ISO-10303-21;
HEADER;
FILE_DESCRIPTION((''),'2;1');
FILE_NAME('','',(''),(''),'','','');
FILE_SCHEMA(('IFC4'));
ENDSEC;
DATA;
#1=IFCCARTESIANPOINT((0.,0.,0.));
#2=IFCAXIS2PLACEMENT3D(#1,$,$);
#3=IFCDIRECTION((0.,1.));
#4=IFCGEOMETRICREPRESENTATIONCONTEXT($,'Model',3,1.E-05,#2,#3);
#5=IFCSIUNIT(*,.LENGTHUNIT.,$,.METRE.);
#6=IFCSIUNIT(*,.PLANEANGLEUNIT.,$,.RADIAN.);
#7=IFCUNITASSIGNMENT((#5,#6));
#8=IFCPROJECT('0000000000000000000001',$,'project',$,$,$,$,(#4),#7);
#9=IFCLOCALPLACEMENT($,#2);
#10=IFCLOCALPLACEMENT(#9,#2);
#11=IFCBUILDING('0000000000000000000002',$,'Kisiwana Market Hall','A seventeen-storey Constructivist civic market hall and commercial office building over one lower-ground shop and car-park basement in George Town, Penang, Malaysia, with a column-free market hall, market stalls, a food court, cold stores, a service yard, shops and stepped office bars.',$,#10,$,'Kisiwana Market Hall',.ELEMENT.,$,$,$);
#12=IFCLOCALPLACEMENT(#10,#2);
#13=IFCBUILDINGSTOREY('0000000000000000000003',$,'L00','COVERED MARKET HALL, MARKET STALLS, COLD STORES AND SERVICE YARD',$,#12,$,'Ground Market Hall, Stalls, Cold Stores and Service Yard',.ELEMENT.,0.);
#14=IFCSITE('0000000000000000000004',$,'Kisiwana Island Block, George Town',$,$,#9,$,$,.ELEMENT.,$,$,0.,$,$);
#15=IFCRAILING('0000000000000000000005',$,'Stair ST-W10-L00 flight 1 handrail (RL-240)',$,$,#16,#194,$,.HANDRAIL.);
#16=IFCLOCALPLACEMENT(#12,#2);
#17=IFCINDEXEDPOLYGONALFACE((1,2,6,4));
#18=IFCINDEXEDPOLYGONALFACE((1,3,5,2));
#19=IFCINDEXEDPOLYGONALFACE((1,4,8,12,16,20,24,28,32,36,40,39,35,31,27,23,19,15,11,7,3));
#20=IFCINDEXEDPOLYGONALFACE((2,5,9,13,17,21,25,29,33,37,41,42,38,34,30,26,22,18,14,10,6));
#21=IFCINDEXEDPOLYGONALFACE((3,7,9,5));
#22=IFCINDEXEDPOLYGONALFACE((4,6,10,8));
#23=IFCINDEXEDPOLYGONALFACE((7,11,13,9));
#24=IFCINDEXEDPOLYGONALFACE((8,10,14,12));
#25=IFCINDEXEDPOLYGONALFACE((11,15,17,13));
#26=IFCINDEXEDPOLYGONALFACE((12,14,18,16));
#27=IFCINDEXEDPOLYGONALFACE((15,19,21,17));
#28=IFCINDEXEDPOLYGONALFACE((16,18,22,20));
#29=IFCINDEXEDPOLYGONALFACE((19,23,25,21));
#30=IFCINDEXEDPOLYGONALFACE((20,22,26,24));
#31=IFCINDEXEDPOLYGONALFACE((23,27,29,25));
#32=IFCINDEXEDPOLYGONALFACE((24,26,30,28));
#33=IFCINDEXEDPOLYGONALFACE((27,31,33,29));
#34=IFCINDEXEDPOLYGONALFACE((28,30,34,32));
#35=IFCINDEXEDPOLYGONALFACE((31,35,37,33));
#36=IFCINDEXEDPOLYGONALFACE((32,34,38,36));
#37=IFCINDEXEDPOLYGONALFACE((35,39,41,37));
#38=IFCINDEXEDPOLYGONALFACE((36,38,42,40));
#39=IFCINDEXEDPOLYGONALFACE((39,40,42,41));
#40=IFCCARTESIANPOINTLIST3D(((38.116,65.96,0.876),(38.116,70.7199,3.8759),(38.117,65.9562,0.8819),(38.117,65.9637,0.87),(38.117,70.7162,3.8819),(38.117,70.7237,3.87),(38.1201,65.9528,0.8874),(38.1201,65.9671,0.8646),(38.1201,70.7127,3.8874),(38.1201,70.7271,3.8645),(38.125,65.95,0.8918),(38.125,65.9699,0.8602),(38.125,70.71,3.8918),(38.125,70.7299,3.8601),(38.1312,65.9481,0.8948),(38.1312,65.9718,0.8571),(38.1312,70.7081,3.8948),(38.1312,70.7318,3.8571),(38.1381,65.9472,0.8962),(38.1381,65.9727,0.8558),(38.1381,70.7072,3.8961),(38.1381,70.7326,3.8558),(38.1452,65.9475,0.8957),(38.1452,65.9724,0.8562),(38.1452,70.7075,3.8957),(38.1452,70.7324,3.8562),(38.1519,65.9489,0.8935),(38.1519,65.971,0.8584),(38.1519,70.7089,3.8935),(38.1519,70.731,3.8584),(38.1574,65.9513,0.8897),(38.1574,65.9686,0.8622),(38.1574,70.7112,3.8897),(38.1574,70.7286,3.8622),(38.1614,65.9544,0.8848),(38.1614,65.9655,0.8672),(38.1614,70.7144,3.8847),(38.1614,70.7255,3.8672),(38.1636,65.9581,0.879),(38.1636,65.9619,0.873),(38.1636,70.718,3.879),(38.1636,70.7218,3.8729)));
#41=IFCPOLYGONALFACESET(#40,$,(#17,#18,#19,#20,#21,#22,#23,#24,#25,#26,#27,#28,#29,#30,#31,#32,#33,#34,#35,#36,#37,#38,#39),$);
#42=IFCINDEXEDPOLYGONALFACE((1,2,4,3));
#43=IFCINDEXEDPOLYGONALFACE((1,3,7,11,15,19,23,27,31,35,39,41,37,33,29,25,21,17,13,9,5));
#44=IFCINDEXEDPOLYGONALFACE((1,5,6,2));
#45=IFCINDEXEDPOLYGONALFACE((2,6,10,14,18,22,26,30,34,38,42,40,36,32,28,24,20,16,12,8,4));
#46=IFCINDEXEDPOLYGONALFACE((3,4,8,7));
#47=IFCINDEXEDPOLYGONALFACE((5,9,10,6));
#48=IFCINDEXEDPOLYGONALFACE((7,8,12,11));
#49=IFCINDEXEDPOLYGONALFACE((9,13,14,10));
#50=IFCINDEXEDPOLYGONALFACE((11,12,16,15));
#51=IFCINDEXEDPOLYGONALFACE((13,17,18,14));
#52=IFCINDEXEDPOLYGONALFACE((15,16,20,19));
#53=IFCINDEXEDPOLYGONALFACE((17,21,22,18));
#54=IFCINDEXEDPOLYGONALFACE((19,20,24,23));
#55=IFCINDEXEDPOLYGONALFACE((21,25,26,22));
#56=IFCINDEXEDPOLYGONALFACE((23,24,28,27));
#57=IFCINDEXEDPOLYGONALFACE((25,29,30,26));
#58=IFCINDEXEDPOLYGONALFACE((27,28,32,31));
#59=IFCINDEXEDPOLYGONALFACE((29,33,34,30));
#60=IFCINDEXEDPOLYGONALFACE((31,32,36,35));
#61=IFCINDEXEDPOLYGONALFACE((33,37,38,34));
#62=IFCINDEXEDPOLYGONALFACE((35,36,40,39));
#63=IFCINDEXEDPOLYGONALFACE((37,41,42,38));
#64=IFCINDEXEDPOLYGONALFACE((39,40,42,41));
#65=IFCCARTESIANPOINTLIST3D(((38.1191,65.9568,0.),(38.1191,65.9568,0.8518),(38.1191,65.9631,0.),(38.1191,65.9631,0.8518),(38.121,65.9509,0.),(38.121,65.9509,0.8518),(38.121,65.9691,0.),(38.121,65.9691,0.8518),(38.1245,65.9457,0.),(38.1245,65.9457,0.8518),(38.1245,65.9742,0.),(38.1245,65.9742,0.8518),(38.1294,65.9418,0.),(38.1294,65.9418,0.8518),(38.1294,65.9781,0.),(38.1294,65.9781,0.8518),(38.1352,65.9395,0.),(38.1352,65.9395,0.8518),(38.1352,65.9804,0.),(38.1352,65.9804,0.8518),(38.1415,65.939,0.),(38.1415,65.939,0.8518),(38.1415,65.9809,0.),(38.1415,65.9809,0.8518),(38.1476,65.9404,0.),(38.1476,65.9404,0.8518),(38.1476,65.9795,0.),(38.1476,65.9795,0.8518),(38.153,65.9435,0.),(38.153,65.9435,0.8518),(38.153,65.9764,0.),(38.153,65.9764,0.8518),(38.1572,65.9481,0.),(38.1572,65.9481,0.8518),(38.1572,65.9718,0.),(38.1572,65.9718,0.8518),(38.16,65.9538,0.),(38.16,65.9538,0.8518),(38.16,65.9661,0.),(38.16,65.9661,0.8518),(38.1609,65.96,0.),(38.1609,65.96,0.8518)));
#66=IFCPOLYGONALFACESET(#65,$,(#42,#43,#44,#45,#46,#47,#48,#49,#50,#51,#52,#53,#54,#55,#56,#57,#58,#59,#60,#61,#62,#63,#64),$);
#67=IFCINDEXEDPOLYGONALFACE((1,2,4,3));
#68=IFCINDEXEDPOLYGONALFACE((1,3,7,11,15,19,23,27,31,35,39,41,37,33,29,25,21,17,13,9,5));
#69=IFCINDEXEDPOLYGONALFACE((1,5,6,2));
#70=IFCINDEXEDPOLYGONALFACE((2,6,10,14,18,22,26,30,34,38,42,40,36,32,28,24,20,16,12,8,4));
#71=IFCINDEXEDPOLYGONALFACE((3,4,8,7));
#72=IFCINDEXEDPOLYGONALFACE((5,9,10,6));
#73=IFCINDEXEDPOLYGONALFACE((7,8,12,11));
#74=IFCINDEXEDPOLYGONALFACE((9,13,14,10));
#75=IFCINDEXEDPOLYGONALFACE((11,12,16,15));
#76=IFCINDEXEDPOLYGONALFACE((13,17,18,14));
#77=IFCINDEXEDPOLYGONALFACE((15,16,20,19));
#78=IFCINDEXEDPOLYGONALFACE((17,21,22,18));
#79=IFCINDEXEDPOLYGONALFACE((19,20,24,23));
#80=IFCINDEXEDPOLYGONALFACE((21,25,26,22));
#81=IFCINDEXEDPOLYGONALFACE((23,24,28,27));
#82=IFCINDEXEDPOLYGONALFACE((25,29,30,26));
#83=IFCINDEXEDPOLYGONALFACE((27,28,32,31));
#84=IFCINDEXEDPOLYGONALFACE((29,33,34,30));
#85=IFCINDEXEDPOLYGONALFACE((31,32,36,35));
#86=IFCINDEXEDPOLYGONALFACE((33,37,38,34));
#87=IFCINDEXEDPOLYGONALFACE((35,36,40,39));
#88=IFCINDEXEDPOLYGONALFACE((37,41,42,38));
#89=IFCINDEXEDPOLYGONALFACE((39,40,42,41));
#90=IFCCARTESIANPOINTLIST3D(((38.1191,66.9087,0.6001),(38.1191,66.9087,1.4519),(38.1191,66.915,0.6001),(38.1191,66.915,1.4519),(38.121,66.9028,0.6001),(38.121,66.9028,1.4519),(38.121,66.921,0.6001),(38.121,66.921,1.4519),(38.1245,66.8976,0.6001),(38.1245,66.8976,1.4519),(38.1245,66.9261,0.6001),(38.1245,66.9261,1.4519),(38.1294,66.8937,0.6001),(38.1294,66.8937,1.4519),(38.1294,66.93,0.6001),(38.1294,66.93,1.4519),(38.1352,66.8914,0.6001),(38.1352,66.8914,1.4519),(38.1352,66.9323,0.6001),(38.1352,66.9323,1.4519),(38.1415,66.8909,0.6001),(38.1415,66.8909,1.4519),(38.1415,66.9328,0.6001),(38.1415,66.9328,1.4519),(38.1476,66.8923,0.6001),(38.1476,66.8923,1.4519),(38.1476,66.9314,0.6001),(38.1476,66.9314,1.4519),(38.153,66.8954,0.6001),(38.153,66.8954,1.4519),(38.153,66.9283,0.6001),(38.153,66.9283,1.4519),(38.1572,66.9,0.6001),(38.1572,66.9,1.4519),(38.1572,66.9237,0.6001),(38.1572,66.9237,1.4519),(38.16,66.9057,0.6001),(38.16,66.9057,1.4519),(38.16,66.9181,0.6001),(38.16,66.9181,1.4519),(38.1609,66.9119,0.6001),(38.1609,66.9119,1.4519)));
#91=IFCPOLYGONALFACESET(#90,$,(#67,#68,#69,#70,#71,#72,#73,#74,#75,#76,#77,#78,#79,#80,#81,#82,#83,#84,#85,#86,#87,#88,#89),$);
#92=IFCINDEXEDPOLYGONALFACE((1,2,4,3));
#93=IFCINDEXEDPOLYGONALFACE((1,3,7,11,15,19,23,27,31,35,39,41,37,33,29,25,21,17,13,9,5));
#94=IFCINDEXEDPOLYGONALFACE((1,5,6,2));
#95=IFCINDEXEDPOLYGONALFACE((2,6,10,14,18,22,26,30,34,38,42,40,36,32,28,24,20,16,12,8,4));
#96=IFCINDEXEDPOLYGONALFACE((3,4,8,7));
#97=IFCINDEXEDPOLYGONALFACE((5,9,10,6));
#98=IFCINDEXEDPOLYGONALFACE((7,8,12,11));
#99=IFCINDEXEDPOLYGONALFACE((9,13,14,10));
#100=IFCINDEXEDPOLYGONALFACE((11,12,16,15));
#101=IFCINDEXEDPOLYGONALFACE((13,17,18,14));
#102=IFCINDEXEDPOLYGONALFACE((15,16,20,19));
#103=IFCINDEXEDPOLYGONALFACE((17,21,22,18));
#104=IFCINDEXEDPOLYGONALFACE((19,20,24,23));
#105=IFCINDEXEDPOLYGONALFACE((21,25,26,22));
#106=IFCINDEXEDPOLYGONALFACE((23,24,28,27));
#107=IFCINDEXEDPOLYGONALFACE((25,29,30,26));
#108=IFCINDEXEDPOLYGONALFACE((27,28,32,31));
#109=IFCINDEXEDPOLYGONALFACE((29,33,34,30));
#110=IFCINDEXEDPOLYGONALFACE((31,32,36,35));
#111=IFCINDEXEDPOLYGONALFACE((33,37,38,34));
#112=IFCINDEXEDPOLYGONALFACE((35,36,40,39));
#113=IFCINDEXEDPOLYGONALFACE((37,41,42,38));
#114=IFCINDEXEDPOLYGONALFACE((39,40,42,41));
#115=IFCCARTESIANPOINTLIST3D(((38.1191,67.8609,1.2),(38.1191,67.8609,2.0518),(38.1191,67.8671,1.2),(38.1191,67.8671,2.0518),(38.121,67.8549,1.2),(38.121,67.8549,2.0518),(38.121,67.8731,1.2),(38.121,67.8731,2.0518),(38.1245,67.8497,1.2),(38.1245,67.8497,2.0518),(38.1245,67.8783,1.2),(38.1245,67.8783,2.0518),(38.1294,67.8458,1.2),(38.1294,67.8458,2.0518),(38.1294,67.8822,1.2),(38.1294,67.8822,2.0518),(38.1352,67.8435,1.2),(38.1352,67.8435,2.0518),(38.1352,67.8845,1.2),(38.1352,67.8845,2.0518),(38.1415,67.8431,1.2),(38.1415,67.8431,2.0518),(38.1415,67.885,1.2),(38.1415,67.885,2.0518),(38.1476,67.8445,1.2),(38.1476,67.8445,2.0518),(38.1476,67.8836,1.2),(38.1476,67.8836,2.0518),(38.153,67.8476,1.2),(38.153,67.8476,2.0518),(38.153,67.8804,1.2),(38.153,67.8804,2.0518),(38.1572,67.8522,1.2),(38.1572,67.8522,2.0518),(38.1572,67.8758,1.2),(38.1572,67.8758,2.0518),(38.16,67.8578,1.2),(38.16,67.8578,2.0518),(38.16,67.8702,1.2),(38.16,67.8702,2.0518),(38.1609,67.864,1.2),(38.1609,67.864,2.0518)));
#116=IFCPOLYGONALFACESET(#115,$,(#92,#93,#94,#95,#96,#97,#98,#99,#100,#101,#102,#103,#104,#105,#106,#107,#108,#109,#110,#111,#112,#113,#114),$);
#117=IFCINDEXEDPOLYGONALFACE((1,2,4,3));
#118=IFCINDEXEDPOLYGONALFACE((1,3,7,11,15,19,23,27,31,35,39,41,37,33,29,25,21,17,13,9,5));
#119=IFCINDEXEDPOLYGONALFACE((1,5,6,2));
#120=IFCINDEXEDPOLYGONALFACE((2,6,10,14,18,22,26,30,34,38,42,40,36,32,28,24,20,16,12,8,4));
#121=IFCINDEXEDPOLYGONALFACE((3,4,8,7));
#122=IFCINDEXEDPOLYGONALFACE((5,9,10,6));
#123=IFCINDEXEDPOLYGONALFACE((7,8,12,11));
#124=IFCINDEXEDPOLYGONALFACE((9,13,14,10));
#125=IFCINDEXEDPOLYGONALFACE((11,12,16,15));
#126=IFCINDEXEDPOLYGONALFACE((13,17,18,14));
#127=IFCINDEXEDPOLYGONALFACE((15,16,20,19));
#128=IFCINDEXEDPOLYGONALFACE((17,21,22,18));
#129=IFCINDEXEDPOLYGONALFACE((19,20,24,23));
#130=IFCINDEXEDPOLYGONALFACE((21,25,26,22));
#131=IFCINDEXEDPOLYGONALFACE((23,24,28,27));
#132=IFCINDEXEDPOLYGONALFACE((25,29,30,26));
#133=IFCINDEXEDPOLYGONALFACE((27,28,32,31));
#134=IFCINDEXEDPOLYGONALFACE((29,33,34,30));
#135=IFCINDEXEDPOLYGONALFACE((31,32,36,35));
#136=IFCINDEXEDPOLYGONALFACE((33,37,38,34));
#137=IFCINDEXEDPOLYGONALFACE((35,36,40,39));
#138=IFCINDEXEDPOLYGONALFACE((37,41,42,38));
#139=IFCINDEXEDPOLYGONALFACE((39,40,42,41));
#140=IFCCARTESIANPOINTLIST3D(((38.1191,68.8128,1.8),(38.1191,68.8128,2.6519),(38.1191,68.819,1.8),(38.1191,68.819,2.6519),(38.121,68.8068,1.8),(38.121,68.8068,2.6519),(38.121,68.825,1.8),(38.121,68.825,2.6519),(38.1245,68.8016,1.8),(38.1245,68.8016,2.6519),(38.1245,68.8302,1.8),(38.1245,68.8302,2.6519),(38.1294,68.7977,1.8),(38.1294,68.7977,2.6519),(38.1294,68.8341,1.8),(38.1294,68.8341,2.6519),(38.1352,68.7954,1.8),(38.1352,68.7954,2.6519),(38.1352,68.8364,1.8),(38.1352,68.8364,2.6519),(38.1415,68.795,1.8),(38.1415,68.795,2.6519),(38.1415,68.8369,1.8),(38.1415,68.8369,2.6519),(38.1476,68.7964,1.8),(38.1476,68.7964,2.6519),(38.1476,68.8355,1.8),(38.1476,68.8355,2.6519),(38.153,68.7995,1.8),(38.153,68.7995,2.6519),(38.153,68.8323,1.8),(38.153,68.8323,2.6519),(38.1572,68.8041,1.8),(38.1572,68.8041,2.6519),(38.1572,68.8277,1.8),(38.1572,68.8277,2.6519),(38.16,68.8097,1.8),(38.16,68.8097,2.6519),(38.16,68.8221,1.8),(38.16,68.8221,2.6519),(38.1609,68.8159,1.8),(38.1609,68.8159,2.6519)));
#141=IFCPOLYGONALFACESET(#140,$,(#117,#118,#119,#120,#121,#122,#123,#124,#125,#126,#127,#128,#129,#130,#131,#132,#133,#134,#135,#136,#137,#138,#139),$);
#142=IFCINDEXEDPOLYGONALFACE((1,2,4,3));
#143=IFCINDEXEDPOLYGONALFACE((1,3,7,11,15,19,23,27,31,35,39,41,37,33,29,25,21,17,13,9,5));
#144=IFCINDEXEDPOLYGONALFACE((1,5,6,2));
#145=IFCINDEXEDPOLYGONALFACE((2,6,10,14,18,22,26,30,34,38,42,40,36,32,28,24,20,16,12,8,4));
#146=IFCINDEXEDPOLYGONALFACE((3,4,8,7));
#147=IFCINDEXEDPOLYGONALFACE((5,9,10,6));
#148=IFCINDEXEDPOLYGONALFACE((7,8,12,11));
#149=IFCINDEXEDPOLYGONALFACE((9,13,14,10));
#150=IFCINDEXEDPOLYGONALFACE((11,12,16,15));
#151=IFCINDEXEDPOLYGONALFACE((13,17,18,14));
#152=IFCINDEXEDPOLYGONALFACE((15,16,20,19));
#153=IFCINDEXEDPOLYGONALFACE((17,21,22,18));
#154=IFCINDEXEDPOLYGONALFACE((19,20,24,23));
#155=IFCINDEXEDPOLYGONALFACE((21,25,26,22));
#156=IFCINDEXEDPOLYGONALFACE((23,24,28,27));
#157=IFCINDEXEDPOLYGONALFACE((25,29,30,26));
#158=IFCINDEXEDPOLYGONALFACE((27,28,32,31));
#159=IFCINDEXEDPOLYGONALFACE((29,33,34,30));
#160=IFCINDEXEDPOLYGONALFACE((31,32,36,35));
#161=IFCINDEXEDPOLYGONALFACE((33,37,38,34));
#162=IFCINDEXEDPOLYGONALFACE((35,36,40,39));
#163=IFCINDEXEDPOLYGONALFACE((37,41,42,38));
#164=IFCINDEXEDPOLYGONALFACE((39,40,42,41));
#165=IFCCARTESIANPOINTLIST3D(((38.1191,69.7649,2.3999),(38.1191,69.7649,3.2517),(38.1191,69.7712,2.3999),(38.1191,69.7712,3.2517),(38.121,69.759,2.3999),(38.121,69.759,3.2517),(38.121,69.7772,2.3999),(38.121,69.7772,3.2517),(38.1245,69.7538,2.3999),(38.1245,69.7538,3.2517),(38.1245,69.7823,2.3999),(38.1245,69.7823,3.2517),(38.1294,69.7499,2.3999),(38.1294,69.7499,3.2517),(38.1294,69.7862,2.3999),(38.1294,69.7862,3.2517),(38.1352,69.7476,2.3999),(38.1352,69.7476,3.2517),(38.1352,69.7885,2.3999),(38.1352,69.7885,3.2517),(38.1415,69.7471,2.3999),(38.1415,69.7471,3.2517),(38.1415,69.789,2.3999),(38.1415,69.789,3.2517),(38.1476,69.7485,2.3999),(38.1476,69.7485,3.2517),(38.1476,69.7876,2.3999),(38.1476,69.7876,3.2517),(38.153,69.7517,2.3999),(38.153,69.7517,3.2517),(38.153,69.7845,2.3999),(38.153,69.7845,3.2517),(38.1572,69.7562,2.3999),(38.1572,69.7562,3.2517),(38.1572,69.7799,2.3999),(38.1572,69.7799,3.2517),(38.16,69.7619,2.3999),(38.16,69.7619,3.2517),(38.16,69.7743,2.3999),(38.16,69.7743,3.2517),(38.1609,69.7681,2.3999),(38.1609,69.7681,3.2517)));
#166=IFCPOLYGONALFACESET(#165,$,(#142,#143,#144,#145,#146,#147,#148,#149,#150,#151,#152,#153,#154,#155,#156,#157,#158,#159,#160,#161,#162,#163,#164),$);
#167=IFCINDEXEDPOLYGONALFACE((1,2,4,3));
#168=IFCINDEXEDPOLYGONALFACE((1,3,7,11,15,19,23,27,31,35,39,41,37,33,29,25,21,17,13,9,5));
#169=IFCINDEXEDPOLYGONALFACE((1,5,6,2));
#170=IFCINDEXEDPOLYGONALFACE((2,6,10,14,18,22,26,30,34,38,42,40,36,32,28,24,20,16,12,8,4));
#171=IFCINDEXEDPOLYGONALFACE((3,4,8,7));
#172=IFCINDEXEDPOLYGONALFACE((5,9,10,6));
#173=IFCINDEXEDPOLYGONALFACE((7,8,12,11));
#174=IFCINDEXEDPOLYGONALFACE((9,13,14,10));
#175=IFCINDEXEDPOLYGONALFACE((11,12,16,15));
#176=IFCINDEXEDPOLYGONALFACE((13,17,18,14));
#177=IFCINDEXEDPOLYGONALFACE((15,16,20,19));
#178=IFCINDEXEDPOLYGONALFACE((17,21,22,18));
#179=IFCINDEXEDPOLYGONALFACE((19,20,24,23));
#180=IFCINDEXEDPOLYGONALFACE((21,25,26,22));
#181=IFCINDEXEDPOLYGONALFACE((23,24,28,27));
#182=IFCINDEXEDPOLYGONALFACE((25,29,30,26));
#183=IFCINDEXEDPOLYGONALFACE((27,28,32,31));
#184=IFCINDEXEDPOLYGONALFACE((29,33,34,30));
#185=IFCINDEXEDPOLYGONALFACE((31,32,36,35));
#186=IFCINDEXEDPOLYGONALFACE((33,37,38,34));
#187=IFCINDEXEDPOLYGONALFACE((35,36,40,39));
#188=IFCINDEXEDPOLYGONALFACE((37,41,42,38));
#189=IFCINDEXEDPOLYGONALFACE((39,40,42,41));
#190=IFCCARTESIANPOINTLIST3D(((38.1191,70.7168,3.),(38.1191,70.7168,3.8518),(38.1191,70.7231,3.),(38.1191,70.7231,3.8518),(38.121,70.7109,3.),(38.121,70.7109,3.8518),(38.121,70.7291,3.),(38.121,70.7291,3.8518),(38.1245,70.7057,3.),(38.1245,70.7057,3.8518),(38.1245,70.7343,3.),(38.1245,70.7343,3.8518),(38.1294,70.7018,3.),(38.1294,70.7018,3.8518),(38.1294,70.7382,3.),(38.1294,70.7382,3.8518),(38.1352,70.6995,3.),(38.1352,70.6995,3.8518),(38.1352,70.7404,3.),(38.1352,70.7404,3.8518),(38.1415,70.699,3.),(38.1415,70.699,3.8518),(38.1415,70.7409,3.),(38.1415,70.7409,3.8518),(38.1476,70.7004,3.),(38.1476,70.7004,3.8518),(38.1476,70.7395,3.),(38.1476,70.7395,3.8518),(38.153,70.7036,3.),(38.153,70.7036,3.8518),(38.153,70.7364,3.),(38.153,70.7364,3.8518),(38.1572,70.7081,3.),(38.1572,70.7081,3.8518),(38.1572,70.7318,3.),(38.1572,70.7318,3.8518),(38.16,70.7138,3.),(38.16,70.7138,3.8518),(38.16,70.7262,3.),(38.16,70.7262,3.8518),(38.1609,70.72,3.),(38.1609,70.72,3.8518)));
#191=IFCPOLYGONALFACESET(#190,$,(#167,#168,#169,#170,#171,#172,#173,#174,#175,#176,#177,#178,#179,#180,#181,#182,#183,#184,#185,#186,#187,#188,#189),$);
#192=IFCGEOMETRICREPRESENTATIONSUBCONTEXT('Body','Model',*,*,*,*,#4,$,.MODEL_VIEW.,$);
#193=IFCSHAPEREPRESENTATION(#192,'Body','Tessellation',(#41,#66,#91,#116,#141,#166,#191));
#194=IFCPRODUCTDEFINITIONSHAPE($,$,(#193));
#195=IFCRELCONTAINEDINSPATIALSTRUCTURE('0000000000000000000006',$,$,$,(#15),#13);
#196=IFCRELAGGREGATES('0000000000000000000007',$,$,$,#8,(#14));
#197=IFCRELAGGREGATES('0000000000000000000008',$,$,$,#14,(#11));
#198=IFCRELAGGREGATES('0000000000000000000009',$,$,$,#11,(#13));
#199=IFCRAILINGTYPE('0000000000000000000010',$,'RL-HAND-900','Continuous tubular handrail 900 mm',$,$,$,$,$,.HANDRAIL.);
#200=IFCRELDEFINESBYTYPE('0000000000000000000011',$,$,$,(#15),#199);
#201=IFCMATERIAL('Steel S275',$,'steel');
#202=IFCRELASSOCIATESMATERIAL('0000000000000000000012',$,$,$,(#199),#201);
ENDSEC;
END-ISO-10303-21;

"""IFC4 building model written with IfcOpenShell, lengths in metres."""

from ifc_helpers import new_model, si_unit, direction, frame, origin, origin_2d, place, context, subcontext, project, spatial, circle, extrude, material, type_object, element, save


model = new_model("IFC4")

# Units and contexts
model_context = context("Model", 3, precision=1e-05, world=origin(), true_north=direction((0.0, 1.0)))
body_context = subcontext(model_context, "Body", "Model", "MODEL_VIEW")
ifc_project = project(units=[si_unit("LENGTHUNIT", "METRE"), si_unit("PLANEANGLEUNIT", "RADIAN")], contexts=[model_context])

# Site, building, storey
site_placement = place(None, origin())
site = spatial("IfcSite", under=ifc_project, at=site_placement, Name="Kisiwana Island Block, George Town", CompositionType="ELEMENT", RefElevation=0.0)
building_placement = place(site_placement, origin())
building = spatial("IfcBuilding", under=site, at=building_placement, Name="Kisiwana Market Hall", Description="A seventeen-storey Constructivist civic market hall and commercial office building over one lower-ground shop and car-park basement in George Town, Penang, Malaysia, with a column-free market hall, market stalls, a food court, cold stores, a service yard, shops and stepped office bars.", LongName="Kisiwana Market Hall", CompositionType="ELEMENT")
storey_placement = place(building_placement, origin())
storey = spatial("IfcBuildingStorey", under=building, at=storey_placement, Name="L00", Description="COVERED MARKET HALL, MARKET STALLS, COLD STORES AND SERVICE YARD", LongName="Ground Market Hall, Stalls, Cold Stores and Service Yard", CompositionType="ELEMENT", Elevation=0.0)

# Railing
ifc_material_1 = material(Name="Steel S275", Category="steel")
railing_type_1 = type_object("IfcRailingType", Name="RL-HAND-900", Description="Continuous tubular handrail 900 mm", PredefinedType="HANDRAIL", material=ifc_material_1)
for number, where, name in (
    (1, (38.1399, 65.96, 0.0), "Stair ST-W10-L00 flight 1 handrail (RL-240)"),
):
    element("IfcRailing", number, at=place(storey_placement, frame(where)), inside=storey, type_object=railing_type_1, Name=name, PredefinedType="HANDRAIL", context=body_context, shape_type="SweptSolid", body=[
        extrude(circle(Radius=0.0239, at=origin_2d()), frame((0.0, 0.0, 0.876), z_axis=(0.0, 0.845996, 0.53319), x_axis=(-1.0, 0.0, 0.0)), (0.0, 0.0, 1.0), 5.6265),
        extrude(circle(Radius=0.021, at=origin_2d()), origin(), (0.0, 0.0, 1.0), 0.8518),
        extrude(circle(Radius=0.021, at=origin_2d()), frame((0.0, 0.9519, 0.6001)), (0.0, 0.0, 1.0), 0.8518),
        extrude(circle(Radius=0.021, at=origin_2d()), frame((0.0, 1.9041, 1.2)), (0.0, 0.0, 1.0), 0.8518),
        extrude(circle(Radius=0.021, at=origin_2d()), frame((0.0, 2.856, 1.8)), (0.0, 0.0, 1.0), 0.8518),
        extrude(circle(Radius=0.021, at=origin_2d()), frame((0.0, 3.8081, 2.3999)), (0.0, 0.0, 1.0), 0.8518),
        extrude(circle(Radius=0.021, at=origin_2d()), frame((0.0, 4.76, 3.0)), (0.0, 0.0, 1.0), 0.8518),
    ])

save(model, "model.ifc")
